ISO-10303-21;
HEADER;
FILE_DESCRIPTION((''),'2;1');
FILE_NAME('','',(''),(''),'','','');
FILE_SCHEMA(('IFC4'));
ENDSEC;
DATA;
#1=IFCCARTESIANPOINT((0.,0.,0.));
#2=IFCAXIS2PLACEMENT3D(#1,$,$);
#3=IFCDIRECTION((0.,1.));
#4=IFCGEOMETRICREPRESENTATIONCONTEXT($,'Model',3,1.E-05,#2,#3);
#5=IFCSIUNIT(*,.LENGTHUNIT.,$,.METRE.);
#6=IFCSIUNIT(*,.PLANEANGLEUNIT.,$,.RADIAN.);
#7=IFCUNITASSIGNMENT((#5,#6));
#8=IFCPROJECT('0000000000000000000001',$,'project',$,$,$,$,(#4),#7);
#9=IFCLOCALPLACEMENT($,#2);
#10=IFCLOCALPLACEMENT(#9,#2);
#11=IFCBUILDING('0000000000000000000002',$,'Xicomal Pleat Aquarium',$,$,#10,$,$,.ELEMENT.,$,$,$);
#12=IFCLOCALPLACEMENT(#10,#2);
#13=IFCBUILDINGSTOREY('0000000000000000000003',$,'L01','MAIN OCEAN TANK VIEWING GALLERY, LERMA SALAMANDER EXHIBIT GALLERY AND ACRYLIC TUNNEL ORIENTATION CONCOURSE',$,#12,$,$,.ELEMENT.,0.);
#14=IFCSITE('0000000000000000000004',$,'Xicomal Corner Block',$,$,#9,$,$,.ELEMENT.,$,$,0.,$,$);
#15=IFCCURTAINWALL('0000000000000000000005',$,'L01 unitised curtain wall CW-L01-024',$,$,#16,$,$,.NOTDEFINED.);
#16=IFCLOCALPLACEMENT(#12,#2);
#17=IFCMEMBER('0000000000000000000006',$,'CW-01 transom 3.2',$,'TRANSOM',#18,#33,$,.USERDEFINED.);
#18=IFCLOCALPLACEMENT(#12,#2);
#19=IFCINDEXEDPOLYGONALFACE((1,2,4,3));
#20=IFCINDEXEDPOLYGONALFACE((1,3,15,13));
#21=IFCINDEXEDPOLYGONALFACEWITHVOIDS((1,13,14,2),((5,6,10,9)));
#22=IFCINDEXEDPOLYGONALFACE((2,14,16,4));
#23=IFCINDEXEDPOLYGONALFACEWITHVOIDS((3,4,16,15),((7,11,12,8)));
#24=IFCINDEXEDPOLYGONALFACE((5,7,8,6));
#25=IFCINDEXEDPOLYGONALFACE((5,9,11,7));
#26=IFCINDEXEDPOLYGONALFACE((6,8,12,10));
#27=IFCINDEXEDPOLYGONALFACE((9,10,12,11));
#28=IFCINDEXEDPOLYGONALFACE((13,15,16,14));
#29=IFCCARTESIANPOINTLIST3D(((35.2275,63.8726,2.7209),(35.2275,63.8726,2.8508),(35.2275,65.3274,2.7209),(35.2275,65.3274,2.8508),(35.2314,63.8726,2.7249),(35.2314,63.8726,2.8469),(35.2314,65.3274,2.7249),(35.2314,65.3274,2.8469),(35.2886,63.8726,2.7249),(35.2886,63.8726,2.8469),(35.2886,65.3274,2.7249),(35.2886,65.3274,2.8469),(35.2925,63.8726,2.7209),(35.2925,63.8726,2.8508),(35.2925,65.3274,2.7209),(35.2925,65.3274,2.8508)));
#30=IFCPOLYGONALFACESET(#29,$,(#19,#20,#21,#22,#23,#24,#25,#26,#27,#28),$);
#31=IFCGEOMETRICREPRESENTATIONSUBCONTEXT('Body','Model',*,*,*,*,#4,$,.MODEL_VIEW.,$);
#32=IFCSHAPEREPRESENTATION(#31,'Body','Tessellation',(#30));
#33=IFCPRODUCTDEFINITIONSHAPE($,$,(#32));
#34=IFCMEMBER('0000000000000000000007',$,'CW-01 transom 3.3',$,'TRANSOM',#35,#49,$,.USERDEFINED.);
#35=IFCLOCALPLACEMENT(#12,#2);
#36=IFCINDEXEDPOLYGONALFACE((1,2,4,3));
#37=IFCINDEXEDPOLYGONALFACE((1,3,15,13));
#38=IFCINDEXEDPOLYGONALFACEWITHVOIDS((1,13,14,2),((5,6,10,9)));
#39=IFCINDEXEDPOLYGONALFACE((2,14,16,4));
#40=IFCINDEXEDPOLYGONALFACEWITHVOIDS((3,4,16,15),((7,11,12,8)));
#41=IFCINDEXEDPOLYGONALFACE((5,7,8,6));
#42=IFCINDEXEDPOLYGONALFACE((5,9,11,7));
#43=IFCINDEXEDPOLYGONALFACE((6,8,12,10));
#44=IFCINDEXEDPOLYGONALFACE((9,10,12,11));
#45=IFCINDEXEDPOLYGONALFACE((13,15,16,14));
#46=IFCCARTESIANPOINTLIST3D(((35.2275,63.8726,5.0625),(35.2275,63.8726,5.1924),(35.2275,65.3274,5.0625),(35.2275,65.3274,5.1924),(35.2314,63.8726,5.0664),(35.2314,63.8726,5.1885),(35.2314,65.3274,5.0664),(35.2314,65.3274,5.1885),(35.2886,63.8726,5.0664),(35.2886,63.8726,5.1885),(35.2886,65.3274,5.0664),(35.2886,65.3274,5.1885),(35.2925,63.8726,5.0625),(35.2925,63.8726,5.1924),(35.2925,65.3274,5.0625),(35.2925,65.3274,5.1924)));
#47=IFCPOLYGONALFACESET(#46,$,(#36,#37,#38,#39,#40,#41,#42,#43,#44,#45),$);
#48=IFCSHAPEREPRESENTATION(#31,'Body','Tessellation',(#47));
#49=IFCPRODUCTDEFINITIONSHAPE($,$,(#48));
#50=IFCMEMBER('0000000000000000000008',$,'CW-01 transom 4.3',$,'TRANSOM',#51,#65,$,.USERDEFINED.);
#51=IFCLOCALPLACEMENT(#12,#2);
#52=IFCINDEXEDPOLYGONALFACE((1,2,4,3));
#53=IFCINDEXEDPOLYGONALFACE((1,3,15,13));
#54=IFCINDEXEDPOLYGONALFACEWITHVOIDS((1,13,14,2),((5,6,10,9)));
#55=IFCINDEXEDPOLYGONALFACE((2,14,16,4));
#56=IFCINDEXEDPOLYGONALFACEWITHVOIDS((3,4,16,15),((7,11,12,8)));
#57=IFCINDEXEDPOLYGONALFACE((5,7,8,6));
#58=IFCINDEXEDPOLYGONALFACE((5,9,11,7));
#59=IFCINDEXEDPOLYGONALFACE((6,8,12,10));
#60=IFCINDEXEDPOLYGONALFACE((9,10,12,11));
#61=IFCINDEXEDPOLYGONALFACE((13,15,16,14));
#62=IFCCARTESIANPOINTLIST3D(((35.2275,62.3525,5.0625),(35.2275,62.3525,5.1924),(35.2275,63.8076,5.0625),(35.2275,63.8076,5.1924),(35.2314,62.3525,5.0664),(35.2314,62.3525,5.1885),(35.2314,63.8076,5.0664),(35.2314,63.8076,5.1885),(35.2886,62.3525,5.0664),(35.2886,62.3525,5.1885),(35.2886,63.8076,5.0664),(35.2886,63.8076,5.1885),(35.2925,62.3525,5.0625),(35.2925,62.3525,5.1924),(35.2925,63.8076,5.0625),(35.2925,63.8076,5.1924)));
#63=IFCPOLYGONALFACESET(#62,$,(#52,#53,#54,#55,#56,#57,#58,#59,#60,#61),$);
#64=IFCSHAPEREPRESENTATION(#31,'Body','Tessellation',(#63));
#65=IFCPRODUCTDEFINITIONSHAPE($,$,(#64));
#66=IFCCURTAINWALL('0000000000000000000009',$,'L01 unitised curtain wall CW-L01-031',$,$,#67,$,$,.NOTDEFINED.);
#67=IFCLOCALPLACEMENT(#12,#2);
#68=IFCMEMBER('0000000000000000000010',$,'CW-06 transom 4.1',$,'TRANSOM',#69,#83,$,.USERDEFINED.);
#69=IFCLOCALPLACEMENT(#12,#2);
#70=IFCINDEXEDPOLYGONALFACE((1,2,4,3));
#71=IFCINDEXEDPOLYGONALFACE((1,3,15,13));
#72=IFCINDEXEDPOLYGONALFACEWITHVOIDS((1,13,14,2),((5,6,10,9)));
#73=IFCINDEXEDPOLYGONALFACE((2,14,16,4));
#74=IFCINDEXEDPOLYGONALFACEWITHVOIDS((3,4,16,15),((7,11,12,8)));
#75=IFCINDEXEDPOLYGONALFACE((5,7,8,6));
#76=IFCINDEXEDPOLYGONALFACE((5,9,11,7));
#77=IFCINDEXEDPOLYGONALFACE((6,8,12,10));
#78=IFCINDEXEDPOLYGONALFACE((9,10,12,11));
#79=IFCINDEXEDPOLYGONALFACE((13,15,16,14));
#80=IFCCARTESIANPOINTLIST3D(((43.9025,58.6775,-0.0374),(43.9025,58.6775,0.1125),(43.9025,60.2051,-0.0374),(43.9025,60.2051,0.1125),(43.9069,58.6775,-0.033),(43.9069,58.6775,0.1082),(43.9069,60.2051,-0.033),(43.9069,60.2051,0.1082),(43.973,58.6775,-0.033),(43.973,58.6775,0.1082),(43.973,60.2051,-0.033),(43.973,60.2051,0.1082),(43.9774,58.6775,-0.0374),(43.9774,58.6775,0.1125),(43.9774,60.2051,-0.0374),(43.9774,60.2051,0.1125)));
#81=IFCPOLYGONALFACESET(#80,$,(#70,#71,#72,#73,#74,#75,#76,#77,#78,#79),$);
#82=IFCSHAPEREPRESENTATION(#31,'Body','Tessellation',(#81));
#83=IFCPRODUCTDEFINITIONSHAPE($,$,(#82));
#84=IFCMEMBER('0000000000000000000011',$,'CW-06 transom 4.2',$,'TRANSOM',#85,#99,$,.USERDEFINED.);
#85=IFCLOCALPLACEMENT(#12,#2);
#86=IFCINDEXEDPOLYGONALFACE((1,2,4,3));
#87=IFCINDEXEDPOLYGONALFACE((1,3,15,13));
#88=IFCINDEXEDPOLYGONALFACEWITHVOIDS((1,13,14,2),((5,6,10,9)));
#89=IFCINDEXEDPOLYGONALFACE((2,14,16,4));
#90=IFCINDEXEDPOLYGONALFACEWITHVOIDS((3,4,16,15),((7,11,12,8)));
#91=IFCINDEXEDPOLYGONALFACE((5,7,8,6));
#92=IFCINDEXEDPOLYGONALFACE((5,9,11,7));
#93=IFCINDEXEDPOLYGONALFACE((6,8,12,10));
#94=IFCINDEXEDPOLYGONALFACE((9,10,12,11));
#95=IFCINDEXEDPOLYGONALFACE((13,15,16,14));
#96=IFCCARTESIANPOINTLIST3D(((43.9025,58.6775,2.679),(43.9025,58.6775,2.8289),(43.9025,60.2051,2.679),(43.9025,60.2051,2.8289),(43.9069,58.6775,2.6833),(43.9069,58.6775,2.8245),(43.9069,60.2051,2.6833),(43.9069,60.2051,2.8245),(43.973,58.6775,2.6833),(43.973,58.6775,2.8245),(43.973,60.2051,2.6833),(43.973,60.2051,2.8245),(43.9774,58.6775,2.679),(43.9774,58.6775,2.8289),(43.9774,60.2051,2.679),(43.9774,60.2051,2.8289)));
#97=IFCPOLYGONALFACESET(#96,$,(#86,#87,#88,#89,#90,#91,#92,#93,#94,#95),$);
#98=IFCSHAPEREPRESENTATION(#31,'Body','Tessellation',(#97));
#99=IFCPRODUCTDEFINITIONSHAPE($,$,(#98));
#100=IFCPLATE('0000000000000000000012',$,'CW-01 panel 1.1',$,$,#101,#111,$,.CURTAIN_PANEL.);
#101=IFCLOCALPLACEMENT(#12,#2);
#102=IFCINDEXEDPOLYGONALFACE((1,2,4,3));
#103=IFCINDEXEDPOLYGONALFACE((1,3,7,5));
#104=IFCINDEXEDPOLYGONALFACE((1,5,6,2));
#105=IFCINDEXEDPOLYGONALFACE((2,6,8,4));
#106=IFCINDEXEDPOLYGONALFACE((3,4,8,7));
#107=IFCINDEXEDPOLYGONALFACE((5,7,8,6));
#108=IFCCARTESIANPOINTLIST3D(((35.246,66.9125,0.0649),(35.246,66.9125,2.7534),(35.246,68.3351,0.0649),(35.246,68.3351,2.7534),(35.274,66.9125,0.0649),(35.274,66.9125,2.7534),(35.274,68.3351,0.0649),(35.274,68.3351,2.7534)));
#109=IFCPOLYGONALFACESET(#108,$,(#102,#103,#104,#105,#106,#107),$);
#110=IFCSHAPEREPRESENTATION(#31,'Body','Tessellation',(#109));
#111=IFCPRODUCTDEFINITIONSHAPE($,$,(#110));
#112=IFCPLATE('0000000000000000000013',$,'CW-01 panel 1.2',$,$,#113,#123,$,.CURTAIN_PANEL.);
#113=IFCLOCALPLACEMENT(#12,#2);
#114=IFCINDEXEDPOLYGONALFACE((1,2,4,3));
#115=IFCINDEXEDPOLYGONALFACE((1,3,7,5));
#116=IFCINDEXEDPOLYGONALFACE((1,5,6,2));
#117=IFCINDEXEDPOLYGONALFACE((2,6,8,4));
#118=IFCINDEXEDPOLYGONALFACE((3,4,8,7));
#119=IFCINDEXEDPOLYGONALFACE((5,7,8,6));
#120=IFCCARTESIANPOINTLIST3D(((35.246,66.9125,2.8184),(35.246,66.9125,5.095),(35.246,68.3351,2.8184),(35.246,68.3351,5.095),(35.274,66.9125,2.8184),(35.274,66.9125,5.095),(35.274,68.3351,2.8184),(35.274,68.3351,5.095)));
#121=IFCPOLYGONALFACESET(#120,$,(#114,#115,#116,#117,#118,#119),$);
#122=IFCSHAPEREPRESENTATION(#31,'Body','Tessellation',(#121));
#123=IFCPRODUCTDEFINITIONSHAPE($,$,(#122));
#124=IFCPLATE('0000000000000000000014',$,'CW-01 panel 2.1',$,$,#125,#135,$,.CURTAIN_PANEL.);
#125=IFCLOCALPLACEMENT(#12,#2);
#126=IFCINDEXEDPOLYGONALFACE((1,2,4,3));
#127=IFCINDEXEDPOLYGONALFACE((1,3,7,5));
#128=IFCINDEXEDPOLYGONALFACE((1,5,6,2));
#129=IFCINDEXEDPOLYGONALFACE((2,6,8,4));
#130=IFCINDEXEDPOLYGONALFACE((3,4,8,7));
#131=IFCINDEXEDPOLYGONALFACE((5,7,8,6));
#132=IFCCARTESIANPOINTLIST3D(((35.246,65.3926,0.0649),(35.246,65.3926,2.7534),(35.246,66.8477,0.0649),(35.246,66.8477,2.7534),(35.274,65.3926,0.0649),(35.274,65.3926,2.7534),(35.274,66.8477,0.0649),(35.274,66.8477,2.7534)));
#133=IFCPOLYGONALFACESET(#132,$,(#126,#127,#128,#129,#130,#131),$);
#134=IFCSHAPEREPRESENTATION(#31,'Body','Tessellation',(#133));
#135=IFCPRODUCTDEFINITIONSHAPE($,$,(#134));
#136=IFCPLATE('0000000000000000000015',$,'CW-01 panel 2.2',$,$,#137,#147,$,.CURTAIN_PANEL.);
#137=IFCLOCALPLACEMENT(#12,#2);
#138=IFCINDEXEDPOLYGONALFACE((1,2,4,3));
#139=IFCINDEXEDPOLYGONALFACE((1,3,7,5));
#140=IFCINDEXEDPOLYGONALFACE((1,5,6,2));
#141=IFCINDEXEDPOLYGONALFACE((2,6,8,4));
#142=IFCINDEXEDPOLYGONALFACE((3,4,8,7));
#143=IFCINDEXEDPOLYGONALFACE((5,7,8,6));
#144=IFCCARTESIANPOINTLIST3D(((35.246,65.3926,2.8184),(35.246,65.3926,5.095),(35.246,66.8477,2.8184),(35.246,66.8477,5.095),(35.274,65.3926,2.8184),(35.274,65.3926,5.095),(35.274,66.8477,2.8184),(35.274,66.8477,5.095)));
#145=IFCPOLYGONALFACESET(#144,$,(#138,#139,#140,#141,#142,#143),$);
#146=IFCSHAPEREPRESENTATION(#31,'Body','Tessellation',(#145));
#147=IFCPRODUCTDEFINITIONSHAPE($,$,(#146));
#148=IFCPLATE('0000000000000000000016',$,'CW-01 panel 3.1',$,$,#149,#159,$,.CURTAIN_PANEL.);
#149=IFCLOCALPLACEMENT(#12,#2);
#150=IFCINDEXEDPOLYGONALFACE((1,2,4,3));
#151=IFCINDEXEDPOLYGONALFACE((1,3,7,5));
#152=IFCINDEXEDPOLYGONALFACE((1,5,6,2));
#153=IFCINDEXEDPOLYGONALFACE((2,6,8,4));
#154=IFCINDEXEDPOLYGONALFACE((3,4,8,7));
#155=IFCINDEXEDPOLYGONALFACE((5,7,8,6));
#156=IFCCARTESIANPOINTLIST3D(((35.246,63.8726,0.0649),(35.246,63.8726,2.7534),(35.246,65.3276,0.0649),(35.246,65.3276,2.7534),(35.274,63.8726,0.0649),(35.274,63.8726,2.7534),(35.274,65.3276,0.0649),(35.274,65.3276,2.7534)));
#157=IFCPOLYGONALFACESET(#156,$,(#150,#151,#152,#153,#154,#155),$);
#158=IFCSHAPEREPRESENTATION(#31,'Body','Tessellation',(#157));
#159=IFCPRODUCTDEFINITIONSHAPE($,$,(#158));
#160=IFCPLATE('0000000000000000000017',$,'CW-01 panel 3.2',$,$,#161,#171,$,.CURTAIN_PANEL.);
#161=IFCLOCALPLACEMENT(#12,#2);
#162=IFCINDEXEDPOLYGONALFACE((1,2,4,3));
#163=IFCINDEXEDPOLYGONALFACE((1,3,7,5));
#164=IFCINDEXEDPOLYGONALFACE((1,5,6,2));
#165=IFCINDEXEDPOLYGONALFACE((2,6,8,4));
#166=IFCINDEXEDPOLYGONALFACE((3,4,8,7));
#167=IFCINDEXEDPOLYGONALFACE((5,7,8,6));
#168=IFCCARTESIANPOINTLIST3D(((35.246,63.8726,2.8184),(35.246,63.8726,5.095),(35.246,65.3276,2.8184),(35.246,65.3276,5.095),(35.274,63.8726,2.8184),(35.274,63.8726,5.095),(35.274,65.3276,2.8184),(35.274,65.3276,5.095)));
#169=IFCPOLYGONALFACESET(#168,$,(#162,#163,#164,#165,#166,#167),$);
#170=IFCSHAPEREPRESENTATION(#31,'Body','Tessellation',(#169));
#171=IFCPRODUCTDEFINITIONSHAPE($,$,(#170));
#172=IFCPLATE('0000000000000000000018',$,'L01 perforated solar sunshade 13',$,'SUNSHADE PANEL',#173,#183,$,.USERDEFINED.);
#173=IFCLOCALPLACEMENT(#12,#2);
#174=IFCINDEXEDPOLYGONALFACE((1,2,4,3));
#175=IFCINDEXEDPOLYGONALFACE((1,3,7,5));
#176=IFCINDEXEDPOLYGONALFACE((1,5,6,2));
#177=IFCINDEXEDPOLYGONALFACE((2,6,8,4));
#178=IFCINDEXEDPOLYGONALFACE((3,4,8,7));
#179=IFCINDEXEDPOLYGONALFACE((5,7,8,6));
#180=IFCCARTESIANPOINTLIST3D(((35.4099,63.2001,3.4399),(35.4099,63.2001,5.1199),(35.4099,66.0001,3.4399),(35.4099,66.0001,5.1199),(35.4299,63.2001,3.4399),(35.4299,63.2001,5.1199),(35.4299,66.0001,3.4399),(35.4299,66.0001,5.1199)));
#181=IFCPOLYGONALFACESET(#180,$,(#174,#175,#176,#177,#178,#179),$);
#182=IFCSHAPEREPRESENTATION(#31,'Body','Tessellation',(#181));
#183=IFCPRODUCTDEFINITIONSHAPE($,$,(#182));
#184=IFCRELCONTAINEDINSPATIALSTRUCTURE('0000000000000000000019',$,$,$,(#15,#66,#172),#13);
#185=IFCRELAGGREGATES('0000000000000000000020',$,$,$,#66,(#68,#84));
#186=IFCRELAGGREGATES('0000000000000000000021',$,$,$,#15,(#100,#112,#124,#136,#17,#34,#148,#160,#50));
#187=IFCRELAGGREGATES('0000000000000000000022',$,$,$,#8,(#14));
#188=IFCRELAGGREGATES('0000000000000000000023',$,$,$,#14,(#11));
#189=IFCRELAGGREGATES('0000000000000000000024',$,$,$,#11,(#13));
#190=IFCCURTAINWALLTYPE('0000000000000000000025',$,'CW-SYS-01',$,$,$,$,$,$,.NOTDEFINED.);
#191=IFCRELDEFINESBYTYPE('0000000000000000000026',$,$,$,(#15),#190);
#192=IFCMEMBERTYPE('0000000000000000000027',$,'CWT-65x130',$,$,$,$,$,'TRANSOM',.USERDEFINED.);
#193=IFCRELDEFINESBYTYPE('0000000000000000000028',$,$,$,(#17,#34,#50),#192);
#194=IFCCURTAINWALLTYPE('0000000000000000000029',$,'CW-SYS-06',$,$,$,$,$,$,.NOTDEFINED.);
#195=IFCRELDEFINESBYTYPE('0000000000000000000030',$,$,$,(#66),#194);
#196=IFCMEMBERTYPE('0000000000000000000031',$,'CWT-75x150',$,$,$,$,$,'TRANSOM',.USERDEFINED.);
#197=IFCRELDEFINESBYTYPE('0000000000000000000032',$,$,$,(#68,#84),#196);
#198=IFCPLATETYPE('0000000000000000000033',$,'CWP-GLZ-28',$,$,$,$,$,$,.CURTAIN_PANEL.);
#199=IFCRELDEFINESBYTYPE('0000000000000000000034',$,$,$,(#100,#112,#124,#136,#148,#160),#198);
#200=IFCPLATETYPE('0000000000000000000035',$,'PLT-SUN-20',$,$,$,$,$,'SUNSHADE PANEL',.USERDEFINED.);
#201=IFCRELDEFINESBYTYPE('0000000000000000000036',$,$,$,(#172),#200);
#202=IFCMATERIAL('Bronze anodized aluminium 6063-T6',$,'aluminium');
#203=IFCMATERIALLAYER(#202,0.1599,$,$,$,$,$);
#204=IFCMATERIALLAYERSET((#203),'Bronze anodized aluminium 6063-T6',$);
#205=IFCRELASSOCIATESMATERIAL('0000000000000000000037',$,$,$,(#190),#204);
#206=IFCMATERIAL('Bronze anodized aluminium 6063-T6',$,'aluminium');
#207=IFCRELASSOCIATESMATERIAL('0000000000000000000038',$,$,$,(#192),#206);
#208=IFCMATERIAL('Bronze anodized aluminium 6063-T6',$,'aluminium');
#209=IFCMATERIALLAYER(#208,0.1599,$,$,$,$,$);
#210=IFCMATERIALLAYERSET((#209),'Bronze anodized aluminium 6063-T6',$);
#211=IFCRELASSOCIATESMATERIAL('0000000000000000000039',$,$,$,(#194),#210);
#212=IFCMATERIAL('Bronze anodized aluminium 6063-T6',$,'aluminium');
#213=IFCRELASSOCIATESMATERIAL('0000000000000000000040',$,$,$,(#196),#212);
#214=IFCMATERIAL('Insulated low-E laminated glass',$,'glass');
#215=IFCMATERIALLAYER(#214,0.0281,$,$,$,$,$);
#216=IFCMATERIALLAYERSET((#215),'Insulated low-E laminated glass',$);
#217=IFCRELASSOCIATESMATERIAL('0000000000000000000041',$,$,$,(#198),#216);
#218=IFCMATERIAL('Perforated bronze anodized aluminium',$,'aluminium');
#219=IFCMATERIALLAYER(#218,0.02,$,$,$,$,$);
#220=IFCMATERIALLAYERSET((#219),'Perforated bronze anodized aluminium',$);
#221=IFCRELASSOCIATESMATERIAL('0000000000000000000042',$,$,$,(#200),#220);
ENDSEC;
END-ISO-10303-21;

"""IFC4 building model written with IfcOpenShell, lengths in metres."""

from ifc_helpers import new_model, si_unit, direction, frame, origin, origin_2d, place, context, subcontext, project, spatial, rectangle, hollow_rectangle, extrude, material, layer, layer_set, material_profile, profile_set, type_object, element, aggregate, save


model = new_model("IFC4")

# Units and contexts
model_context = context("Model", 3, precision=1e-05, world=origin(), true_north=direction((0.0, 1.0)))
body_context = subcontext(model_context, "Body", "Model", "MODEL_VIEW")
ifc_project = project(units=[si_unit("LENGTHUNIT", "METRE"), si_unit("PLANEANGLEUNIT", "RADIAN")], contexts=[model_context])

# Site, building, storey
site_placement = place(None, origin())
site = spatial("IfcSite", under=ifc_project, at=site_placement, Name="Xicomal Corner Block", CompositionType="ELEMENT", RefElevation=0.0)
building_placement = place(site_placement, origin())
building = spatial("IfcBuilding", under=site, at=building_placement, Name="Xicomal Pleat Aquarium", CompositionType="ELEMENT")
storey_placement = place(building_placement, origin())
storey = spatial("IfcBuildingStorey", under=building, at=storey_placement, Name="L01", Description="MAIN OCEAN TANK VIEWING GALLERY, LERMA SALAMANDER EXHIBIT GALLERY AND ACRYLIC TUNNEL ORIENTATION CONCOURSE", CompositionType="ELEMENT", Elevation=0.0)

# Curtain walls, members
ifc_material_1 = material(Name="Bronze anodized aluminium 6063-T6", Category="aluminium")
ifc_layer_1 = layer(ifc_material_1, 0.1599)
ifc_layer_set_1 = layer_set([ifc_layer_1], Name="Bronze anodized aluminium 6063-T6")
curtain_wall_type_1 = type_object("IfcCurtainWallType", Name="CW-SYS-01", PredefinedType="NOTDEFINED", material=ifc_layer_set_1)
curtain_wall_1_placement = place(storey_placement, origin())
curtain_wall_1 = element("IfcCurtainWall", 1, at=curtain_wall_1_placement, inside=storey, type_object=curtain_wall_type_1, Name="L01 unitised curtain wall CW-L01-024", PredefinedType="NOTDEFINED")
ifc_material_2 = material(Name="Bronze anodized aluminium 6063-T6", Category="aluminium")
ifc_material_profile_1 = material_profile(ifc_material_2, hollow_rectangle(XDim=0.0649, YDim=0.1299, WallThickness=0.0039, at=origin_2d()), Name="ALU TRAN 65x130")
ifc_profile_set_1 = profile_set([ifc_material_profile_1], Name="Bronze anodized aluminium 6063-T6")
member_type_1 = type_object("IfcMemberType", Name="CWT-65x130", ElementType="TRANSOM", PredefinedType="USERDEFINED", material=ifc_profile_set_1)
member_1_placement = place(storey_placement, frame((35.26, 65.3274, 2.7859), z_axis=(0.0, -1.0, 0.0), x_axis=(1.0, 0.0, 0.0)))
member_1 = element("IfcMember", 2, at=member_1_placement, type_object=member_type_1, Name="CW-01 transom 3.2", ObjectType="TRANSOM", PredefinedType="USERDEFINED", context=body_context, shape_type="SweptSolid", body=[
    extrude(hollow_rectangle(XDim=0.0649, YDim=0.1299, WallThickness=0.0039, at=origin_2d()), origin(), (0.0, 0.0, 1.0), 1.4548),
])
member_2_placement = place(storey_placement, frame((35.26, 65.3274, 5.1274), z_axis=(0.0, -1.0, 0.0), x_axis=(1.0, 0.0, 0.0)))
member_2 = element("IfcMember", 3, at=member_2_placement, type_object=member_type_1, Name="CW-01 transom 3.3", ObjectType="TRANSOM", PredefinedType="USERDEFINED", context=body_context, shape_type="SweptSolid", body=[
    extrude(hollow_rectangle(XDim=0.0649, YDim=0.1299, WallThickness=0.0039, at=origin_2d()), origin(), (0.0, 0.0, 1.0), 1.4548),
])
member_3_placement = place(storey_placement, frame((35.26, 63.8076, 5.1274), z_axis=(0.0, -1.0, 0.0), x_axis=(1.0, 0.0, 0.0)))
member_3 = element("IfcMember", 4, at=member_3_placement, type_object=member_type_1, Name="CW-01 transom 4.3", ObjectType="TRANSOM", PredefinedType="USERDEFINED", context=body_context, shape_type="SweptSolid", body=[
    extrude(hollow_rectangle(XDim=0.0649, YDim=0.1299, WallThickness=0.0039, at=origin_2d()), origin(), (0.0, 0.0, 1.0), 1.4551),
])
ifc_material_3 = material(Name="Bronze anodized aluminium 6063-T6", Category="aluminium")
ifc_layer_2 = layer(ifc_material_3, 0.1599)
ifc_layer_set_2 = layer_set([ifc_layer_2], Name="Bronze anodized aluminium 6063-T6")
curtain_wall_type_2 = type_object("IfcCurtainWallType", Name="CW-SYS-06", PredefinedType="NOTDEFINED", material=ifc_layer_set_2)
curtain_wall_2_placement = place(storey_placement, origin())
curtain_wall_2 = element("IfcCurtainWall", 5, at=curtain_wall_2_placement, inside=storey, type_object=curtain_wall_type_2, Name="L01 unitised curtain wall CW-L01-031", PredefinedType="NOTDEFINED")
ifc_material_4 = material(Name="Bronze anodized aluminium 6063-T6", Category="aluminium")
ifc_material_profile_2 = material_profile(ifc_material_4, hollow_rectangle(XDim=0.075, YDim=0.1499, WallThickness=0.0044, at=origin_2d()), Name="ALU TRAN 75x150")
ifc_profile_set_2 = profile_set([ifc_material_profile_2], Name="Bronze anodized aluminium 6063-T6")
member_type_2 = type_object("IfcMemberType", Name="CWT-75x150", ElementType="TRANSOM", PredefinedType="USERDEFINED", material=ifc_profile_set_2)
member_4_placement = place(storey_placement, frame((43.9399, 58.6775, 0.0376), z_axis=(0.0, 1.0, 0.0), x_axis=(-1.0, 0.0, 0.0)))
member_4 = element("IfcMember", 6, at=member_4_placement, type_object=member_type_2, Name="CW-06 transom 4.1", ObjectType="TRANSOM", PredefinedType="USERDEFINED", context=body_context, shape_type="SweptSolid", body=[
    extrude(hollow_rectangle(XDim=0.075, YDim=0.1499, WallThickness=0.0044, at=origin_2d()), origin(), (0.0, 0.0, 1.0), 1.5276),
])
member_5_placement = place(storey_placement, frame((43.9399, 58.6775, 2.7539), z_axis=(0.0, 1.0, 0.0), x_axis=(-1.0, 0.0, 0.0)))
member_5 = element("IfcMember", 7, at=member_5_placement, type_object=member_type_2, Name="CW-06 transom 4.2", ObjectType="TRANSOM", PredefinedType="USERDEFINED", context=body_context, shape_type="SweptSolid", body=[
    extrude(hollow_rectangle(XDim=0.075, YDim=0.1499, WallThickness=0.0044, at=origin_2d()), origin(), (0.0, 0.0, 1.0), 1.5276),
])
aggregate(curtain_wall_2, [member_4, member_5])

# Plates
ifc_material_5 = material(Name="Insulated low-E laminated glass", Category="glass")
ifc_layer_3 = layer(ifc_material_5, 0.0281)
ifc_layer_set_3 = layer_set([ifc_layer_3], Name="Insulated low-E laminated glass")
plate_type_1 = type_object("IfcPlateType", Name="CWP-GLZ-28", PredefinedType="CURTAIN_PANEL", material=ifc_layer_set_3)
plate_1_placement = place(storey_placement, frame((35.26, 67.6238, 0.0649), z_axis=(0.0, 0.0, 1.0), x_axis=(0.0, -1.0, 0.0)))
plate_1 = element("IfcPlate", 8, at=plate_1_placement, type_object=plate_type_1, Name="CW-01 panel 1.1", PredefinedType="CURTAIN_PANEL", context=body_context, shape_type="SweptSolid", body=[
    extrude(rectangle(XDim=1.4226, YDim=0.0281, at=origin_2d()), origin(), (0.0, 0.0, 1.0), 2.6885),
])
plate_2_placement = place(storey_placement, frame((35.26, 67.6238, 2.8184), z_axis=(0.0, 0.0, 1.0), x_axis=(0.0, -1.0, 0.0)))
plate_2 = element("IfcPlate", 9, at=plate_2_placement, type_object=plate_type_1, Name="CW-01 panel 1.2", PredefinedType="CURTAIN_PANEL", context=body_context, shape_type="SweptSolid", body=[
    extrude(rectangle(XDim=1.4226, YDim=0.0281, at=origin_2d()), origin(), (0.0, 0.0, 1.0), 2.2766),
])
plate_3_placement = place(storey_placement, frame((35.26, 66.1201, 0.0649), z_axis=(0.0, 0.0, 1.0), x_axis=(0.0, -1.0, 0.0)))
plate_3 = element("IfcPlate", 10, at=plate_3_placement, type_object=plate_type_1, Name="CW-01 panel 2.1", PredefinedType="CURTAIN_PANEL", context=body_context, shape_type="SweptSolid", body=[
    extrude(rectangle(XDim=1.4551, YDim=0.0281, at=origin_2d()), origin(), (0.0, 0.0, 1.0), 2.6885),
])
plate_4_placement = place(storey_placement, frame((35.26, 66.1201, 2.8184), z_axis=(0.0, 0.0, 1.0), x_axis=(0.0, -1.0, 0.0)))
plate_4 = element("IfcPlate", 11, at=plate_4_placement, type_object=plate_type_1, Name="CW-01 panel 2.2", PredefinedType="CURTAIN_PANEL", context=body_context, shape_type="SweptSolid", body=[
    extrude(rectangle(XDim=1.4551, YDim=0.0281, at=origin_2d()), origin(), (0.0, 0.0, 1.0), 2.2766),
])
plate_5_placement = place(storey_placement, frame((35.26, 64.6001, 0.0649), z_axis=(0.0, 0.0, 1.0), x_axis=(0.0, -1.0, 0.0)))
plate_5 = element("IfcPlate", 12, at=plate_5_placement, type_object=plate_type_1, Name="CW-01 panel 3.1", PredefinedType="CURTAIN_PANEL", context=body_context, shape_type="SweptSolid", body=[
    extrude(rectangle(XDim=1.4551, YDim=0.0281, at=origin_2d()), origin(), (0.0, 0.0, 1.0), 2.6885),
])
plate_6_placement = place(storey_placement, frame((35.26, 64.6001, 2.8184), z_axis=(0.0, 0.0, 1.0), x_axis=(0.0, -1.0, 0.0)))
plate_6 = element("IfcPlate", 13, at=plate_6_placement, type_object=plate_type_1, Name="CW-01 panel 3.2", PredefinedType="CURTAIN_PANEL", context=body_context, shape_type="SweptSolid", body=[
    extrude(rectangle(XDim=1.4551, YDim=0.0281, at=origin_2d()), origin(), (0.0, 0.0, 1.0), 2.2766),
])
aggregate(curtain_wall_1, [plate_1, plate_2, plate_3, plate_4, member_1, member_2, plate_5, plate_6, member_3])
ifc_material_6 = material(Name="Perforated bronze anodized aluminium", Category="aluminium")
ifc_layer_4 = layer(ifc_material_6, 0.02)
ifc_layer_set_4 = layer_set([ifc_layer_4], Name="Perforated bronze anodized aluminium")
plate_type_2 = type_object("IfcPlateType", Name="PLT-SUN-20", ElementType="SUNSHADE PANEL", PredefinedType="USERDEFINED", material=ifc_layer_set_4)
plate_7_placement = place(storey_placement, frame((35.4199, 64.6001, 3.4399), z_axis=(0.0, 0.0, 1.0), x_axis=(0.0, -1.0, 0.0)))
element("IfcPlate", 14, at=plate_7_placement, inside=storey, type_object=plate_type_2, Name="L01 perforated solar sunshade 13", ObjectType="SUNSHADE PANEL", PredefinedType="USERDEFINED", context=body_context, shape_type="SweptSolid", body=[
    extrude(rectangle(XDim=2.8, YDim=0.02, at=origin_2d()), origin(), (0.0, 0.0, 1.0), 1.6799),
])

save(model, "model.ifc")
